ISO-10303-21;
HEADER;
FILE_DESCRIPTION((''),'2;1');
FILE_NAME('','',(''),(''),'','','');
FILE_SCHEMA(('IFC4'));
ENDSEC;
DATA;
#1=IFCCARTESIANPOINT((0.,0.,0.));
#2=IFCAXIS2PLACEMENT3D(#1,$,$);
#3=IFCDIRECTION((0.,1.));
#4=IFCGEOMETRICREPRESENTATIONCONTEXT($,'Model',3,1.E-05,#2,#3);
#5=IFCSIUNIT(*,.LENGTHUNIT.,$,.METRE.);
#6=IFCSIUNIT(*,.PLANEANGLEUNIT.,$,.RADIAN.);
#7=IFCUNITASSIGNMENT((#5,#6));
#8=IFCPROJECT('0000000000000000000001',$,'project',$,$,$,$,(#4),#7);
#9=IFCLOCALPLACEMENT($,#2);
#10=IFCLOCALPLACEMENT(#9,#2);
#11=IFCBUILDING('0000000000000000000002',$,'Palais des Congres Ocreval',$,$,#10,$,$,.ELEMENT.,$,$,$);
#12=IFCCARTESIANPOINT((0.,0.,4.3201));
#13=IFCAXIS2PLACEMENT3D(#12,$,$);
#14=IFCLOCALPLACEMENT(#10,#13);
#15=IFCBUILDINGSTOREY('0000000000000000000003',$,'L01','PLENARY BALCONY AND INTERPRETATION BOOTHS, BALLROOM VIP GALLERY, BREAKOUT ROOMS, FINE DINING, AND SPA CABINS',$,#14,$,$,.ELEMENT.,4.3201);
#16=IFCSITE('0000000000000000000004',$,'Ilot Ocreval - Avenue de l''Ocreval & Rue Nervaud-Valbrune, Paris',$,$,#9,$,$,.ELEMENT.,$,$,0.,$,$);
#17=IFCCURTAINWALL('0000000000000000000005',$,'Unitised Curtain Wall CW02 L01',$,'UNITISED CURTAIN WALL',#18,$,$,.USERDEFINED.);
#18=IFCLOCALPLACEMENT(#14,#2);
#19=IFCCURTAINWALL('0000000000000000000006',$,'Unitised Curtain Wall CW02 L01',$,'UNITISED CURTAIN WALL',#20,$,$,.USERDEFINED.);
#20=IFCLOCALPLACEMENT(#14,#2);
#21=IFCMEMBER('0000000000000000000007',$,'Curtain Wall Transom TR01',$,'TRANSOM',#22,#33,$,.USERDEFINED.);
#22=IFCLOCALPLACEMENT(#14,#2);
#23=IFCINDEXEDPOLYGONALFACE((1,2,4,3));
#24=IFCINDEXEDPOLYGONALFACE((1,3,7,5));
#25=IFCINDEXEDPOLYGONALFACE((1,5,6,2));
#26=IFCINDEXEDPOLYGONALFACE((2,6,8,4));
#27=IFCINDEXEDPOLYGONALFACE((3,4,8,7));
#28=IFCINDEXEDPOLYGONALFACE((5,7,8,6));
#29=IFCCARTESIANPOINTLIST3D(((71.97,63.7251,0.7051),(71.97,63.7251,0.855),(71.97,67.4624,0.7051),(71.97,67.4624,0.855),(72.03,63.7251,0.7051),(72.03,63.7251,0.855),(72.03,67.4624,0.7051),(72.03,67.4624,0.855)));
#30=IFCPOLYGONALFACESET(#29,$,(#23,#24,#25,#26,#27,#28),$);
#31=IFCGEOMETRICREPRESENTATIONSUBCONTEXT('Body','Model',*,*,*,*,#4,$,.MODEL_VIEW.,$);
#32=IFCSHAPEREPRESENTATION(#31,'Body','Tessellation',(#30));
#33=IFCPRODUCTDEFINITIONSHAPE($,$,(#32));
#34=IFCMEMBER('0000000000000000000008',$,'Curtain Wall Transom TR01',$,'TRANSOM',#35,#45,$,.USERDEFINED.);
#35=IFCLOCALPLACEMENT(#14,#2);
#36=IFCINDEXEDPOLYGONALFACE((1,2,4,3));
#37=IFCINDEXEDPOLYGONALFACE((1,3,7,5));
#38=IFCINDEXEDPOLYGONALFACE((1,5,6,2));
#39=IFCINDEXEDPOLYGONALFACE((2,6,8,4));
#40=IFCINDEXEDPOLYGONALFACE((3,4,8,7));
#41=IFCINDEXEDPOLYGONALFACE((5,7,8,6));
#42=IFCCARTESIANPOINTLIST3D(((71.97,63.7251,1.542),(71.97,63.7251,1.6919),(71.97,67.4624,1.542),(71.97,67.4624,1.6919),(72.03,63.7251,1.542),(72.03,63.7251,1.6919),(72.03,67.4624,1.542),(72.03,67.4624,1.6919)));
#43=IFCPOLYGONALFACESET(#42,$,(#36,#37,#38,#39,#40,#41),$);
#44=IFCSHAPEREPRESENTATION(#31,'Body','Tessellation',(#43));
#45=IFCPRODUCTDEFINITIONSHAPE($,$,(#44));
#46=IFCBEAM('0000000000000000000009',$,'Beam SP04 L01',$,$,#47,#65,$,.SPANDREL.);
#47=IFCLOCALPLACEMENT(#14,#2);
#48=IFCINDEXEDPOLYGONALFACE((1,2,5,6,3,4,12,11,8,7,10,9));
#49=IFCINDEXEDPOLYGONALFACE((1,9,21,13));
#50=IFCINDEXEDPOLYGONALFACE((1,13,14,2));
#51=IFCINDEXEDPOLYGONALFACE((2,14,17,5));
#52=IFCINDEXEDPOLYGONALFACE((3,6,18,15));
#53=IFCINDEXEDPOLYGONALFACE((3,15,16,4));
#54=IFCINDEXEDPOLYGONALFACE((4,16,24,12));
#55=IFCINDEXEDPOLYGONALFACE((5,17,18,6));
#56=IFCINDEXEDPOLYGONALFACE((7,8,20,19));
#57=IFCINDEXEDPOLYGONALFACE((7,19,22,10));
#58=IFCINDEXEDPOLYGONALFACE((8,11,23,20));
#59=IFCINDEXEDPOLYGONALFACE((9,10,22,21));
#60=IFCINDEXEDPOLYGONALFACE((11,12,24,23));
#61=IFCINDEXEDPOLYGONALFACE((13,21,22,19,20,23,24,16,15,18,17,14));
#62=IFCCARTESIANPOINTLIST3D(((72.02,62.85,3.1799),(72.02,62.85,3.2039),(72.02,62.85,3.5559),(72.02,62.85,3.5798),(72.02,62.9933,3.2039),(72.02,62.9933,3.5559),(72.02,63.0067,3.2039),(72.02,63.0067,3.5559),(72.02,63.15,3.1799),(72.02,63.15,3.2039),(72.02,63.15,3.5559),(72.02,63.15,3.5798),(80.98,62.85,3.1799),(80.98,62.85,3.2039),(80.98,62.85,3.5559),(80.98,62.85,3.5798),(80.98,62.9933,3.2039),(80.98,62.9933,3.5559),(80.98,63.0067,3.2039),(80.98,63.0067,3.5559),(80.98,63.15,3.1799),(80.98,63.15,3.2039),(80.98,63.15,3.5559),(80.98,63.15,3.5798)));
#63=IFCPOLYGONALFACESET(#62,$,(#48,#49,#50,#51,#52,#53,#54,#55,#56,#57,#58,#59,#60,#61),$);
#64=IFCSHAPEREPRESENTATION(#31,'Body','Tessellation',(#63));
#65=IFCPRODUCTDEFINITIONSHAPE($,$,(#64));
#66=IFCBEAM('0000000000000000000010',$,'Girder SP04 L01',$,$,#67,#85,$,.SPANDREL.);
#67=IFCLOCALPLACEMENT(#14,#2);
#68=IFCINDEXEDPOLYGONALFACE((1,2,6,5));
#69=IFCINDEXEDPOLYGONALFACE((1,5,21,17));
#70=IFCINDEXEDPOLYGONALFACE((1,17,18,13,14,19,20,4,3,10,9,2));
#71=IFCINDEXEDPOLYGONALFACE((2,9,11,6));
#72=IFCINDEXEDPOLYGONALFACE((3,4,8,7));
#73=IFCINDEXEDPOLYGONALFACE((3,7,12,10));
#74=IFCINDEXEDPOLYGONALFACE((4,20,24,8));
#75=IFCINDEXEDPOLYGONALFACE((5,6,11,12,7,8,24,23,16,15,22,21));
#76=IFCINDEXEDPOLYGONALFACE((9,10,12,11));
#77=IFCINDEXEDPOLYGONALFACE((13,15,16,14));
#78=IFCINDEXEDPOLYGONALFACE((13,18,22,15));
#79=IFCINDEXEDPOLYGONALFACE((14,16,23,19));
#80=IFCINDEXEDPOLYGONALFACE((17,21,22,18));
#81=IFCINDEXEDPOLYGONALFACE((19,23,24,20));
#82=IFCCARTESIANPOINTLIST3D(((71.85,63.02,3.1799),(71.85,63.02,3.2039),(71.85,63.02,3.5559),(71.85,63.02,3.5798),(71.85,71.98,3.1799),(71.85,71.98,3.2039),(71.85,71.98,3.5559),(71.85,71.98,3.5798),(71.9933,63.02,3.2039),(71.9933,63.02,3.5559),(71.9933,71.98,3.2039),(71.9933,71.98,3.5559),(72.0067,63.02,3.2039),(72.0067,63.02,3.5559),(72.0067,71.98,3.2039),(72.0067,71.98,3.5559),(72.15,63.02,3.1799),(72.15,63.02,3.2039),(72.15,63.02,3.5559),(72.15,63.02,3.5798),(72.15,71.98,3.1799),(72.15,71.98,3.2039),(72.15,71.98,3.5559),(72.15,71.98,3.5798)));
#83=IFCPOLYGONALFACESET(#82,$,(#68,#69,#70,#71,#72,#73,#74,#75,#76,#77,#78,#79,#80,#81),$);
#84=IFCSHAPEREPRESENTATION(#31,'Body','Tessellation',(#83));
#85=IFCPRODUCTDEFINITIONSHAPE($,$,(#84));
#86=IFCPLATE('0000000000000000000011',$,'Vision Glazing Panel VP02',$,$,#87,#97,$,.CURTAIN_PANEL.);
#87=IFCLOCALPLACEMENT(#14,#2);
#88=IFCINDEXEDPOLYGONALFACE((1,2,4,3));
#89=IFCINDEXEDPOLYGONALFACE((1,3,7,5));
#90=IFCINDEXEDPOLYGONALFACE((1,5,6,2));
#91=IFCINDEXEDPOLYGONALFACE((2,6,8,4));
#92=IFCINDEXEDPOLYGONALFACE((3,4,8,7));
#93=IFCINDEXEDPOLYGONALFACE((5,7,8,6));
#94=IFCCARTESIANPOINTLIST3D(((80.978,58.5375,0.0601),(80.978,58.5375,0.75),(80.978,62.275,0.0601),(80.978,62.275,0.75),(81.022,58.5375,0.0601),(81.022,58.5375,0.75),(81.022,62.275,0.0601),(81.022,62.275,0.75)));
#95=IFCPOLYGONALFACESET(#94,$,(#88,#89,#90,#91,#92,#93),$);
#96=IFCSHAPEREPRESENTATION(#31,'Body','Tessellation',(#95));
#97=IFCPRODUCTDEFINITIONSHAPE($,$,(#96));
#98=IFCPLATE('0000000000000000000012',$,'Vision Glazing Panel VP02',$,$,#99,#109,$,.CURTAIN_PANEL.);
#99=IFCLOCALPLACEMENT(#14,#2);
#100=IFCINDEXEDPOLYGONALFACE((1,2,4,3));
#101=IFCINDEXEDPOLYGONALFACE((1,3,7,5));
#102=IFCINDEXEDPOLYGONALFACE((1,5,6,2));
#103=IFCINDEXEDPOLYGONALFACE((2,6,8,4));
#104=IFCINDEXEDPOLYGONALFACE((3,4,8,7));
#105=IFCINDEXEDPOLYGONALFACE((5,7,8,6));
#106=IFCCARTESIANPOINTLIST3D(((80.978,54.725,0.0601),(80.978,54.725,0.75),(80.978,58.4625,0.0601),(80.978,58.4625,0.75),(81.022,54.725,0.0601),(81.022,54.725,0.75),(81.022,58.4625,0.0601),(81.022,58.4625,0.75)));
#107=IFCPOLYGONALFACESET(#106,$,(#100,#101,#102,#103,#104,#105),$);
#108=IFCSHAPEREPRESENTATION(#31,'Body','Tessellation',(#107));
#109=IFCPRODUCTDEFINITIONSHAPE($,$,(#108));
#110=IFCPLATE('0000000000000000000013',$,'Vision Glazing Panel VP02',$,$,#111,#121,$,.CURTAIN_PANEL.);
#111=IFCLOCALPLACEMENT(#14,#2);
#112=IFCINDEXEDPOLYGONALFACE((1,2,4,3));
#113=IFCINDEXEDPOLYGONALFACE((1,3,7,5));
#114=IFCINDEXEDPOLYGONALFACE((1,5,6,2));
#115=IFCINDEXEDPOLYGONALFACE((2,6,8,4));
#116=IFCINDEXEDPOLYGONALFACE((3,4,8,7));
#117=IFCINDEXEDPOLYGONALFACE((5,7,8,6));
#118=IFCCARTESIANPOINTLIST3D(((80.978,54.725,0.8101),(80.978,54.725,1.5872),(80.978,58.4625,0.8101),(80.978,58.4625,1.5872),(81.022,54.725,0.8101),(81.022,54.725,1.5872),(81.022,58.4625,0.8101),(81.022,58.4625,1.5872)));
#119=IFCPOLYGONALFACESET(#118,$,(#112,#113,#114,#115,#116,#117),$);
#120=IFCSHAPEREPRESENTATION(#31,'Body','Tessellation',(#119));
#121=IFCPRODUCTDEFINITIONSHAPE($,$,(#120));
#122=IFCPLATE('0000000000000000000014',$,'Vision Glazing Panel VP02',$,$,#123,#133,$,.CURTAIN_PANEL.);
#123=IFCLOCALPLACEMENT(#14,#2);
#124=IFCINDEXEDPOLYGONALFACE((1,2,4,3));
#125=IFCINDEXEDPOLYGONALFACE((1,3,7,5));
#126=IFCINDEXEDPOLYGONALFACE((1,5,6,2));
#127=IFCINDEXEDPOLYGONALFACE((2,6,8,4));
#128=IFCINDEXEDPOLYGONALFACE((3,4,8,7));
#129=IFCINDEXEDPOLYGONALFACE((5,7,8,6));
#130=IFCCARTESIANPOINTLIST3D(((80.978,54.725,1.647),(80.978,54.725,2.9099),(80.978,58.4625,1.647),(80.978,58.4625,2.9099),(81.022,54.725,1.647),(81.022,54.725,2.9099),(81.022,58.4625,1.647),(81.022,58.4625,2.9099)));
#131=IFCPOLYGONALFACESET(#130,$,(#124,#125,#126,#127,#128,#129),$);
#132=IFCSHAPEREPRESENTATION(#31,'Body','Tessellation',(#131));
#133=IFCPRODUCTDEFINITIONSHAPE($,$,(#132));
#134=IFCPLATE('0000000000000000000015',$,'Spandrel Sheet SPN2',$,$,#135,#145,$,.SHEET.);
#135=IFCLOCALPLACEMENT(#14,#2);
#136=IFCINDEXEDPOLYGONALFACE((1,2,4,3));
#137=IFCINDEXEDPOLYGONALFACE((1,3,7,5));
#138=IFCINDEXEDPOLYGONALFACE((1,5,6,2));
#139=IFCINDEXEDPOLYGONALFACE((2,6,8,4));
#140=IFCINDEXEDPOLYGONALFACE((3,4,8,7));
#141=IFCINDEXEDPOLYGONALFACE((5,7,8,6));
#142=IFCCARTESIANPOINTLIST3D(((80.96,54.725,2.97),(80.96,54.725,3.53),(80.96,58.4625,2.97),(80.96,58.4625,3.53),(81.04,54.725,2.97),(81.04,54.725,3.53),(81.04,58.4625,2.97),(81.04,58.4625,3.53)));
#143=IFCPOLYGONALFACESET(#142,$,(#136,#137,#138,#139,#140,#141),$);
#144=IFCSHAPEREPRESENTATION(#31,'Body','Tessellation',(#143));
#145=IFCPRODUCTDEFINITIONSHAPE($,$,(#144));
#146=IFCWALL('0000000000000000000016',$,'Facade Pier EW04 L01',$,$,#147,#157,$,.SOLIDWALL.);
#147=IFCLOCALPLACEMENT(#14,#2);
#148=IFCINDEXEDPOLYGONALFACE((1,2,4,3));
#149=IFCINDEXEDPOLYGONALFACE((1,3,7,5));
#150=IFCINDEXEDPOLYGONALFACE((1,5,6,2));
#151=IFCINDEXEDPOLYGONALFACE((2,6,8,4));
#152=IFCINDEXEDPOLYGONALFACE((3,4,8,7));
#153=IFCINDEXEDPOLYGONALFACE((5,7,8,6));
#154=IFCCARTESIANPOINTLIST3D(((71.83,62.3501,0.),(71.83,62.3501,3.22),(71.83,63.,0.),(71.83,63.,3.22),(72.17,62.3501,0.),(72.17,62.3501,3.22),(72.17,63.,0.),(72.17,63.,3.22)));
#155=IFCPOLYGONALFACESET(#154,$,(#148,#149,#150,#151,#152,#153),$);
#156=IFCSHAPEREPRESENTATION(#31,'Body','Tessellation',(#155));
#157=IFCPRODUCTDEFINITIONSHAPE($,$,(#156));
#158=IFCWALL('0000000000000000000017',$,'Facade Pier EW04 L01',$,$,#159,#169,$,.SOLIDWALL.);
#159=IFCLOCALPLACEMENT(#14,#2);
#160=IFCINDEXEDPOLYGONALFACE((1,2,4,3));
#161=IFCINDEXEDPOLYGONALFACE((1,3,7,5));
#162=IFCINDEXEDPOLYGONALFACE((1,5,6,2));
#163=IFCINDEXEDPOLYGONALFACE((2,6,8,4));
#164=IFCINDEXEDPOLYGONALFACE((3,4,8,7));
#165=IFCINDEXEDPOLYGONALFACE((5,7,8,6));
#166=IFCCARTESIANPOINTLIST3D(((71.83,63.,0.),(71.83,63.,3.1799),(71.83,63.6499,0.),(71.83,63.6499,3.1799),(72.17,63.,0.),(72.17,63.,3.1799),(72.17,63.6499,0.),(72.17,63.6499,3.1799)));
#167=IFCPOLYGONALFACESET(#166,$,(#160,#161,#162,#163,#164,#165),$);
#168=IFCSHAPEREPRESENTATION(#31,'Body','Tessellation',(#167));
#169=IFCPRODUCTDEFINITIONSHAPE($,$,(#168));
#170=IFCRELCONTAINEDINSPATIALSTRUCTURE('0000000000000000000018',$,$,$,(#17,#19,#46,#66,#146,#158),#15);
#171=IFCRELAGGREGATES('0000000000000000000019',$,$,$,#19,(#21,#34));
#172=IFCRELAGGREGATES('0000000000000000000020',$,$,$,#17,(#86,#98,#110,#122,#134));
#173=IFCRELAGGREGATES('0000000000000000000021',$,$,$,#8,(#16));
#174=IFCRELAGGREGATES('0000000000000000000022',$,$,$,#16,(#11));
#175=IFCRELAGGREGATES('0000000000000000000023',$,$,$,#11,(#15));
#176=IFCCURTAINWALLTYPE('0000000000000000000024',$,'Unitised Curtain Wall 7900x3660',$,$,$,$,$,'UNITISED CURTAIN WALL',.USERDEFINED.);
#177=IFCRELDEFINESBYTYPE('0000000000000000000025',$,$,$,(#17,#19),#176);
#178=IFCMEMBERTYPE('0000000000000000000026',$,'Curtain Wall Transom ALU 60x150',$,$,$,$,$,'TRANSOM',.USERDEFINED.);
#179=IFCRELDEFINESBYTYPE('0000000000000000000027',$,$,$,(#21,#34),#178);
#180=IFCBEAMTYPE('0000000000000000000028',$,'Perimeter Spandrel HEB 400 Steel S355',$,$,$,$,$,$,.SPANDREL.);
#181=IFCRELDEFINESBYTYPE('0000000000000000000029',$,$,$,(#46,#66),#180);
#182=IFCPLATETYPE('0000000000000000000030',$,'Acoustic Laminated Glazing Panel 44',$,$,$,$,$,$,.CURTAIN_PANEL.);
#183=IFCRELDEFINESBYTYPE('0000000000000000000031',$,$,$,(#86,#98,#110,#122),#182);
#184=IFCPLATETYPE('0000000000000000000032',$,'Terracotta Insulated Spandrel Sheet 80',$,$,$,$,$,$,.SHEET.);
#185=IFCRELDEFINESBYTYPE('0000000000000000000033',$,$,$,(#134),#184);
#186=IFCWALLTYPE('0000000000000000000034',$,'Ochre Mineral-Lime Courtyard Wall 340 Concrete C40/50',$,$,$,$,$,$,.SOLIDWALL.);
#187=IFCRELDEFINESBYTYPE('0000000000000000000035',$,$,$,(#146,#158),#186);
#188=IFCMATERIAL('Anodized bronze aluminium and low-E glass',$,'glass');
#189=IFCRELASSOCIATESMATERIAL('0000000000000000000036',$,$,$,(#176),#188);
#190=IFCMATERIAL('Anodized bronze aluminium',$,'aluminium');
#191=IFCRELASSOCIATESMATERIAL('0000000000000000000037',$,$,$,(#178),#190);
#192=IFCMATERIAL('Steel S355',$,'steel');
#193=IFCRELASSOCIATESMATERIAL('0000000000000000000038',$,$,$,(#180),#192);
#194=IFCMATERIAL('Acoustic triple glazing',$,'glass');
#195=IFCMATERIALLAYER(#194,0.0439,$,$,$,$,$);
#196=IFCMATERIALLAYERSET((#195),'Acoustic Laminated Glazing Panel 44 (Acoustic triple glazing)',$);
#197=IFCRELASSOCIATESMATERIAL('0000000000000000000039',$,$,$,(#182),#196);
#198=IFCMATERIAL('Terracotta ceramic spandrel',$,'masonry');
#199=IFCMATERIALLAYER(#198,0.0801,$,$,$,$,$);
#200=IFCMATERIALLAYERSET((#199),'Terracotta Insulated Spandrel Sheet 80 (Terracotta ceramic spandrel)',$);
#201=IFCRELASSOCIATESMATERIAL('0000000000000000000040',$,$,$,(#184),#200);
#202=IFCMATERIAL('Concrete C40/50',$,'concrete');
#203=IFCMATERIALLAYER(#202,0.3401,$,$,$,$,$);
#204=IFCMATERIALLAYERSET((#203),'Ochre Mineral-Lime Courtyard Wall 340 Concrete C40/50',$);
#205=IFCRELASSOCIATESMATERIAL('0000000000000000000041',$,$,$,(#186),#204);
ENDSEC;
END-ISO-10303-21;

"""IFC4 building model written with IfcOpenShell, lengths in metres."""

from ifc_helpers import new_model, si_unit, direction, frame, frame_2d, origin, origin_2d, place, context, subcontext, project, spatial, rectangle, i_section, extrude, material, layer, layer_set, material_profile, profile_set, type_object, element, aggregate, save


model = new_model("IFC4")

# Units and contexts
model_context = context("Model", 3, precision=1e-05, world=origin(), true_north=direction((0.0, 1.0)))
body_context = subcontext(model_context, "Body", "Model", "MODEL_VIEW")
ifc_project = project(units=[si_unit("LENGTHUNIT", "METRE"), si_unit("PLANEANGLEUNIT", "RADIAN")], contexts=[model_context])

# Site, building, storey
site_placement = place(None, origin())
site = spatial("IfcSite", under=ifc_project, at=site_placement, Name="Ilot Ocreval - Avenue de l'Ocreval & Rue Nervaud-Valbrune, Paris", CompositionType="ELEMENT", RefElevation=0.0)
building_placement = place(site_placement, origin())
building = spatial("IfcBuilding", under=site, at=building_placement, Name="Palais des Congres Ocreval", CompositionType="ELEMENT")
storey_placement = place(building_placement, frame((0.0, 0.0, 4.3201)))
storey = spatial("IfcBuildingStorey", under=building, at=storey_placement, Name="L01", Description="PLENARY BALCONY AND INTERPRETATION BOOTHS, BALLROOM VIP GALLERY, BREAKOUT ROOMS, FINE DINING, AND SPA CABINS", CompositionType="ELEMENT", Elevation=4.3201)

# Shared definitions
ifc_material_1 = material(Name="Steel S355", Category="steel")

# Curtain wall
ifc_material_2 = material(Name="Anodized bronze aluminium and low-E glass", Category="glass")
curtain_wall_type = type_object("IfcCurtainWallType", Name="Unitised Curtain Wall 7900x3660", ElementType="UNITISED CURTAIN WALL", PredefinedType="USERDEFINED", material=ifc_material_2)
curtain_wall_1_placement = place(storey_placement, origin())
curtain_wall_1 = element("IfcCurtainWall", 1, at=curtain_wall_1_placement, inside=storey, type_object=curtain_wall_type, Name="Unitised Curtain Wall CW02 L01", ObjectType="UNITISED CURTAIN WALL", PredefinedType="USERDEFINED")
ifc_material_3 = material(Name="Anodized bronze aluminium", Category="aluminium")

# Curtain wall
curtain_wall_2_placement = place(storey_placement, origin())
curtain_wall_2 = element("IfcCurtainWall", 2, at=curtain_wall_2_placement, inside=storey, type_object=curtain_wall_type, Name="Unitised Curtain Wall CW02 L01", ObjectType="UNITISED CURTAIN WALL", PredefinedType="USERDEFINED")

# Members
ifc_material_profile_1 = material_profile(ifc_material_3, rectangle(XDim=0.0601, YDim=0.1499, at=origin_2d()), Name="ALU 60x150")
ifc_profile_set_1 = profile_set([ifc_material_profile_1], Name="Anodized bronze aluminium")
member_type_1 = type_object("IfcMemberType", Name="Curtain Wall Transom ALU 60x150", ElementType="TRANSOM", PredefinedType="USERDEFINED", material=ifc_profile_set_1)
member_1_placement = place(storey_placement, frame((72.0, 63.7251, 0.78), z_axis=(0.0, 1.0, 0.0), x_axis=(-1.0, 0.0, 0.0)))
member_1 = element("IfcMember", 3, at=member_1_placement, type_object=member_type_1, Name="Curtain Wall Transom TR01", ObjectType="TRANSOM", PredefinedType="USERDEFINED", context=body_context, shape_type="SweptSolid", body=[
    extrude(rectangle(XDim=0.0601, YDim=0.1499, at=origin_2d()), origin(), (0.0, 0.0, 1.0), 3.7373),
])
member_2_placement = place(storey_placement, frame((72.0, 63.7251, 1.6169), z_axis=(0.0, 1.0, 0.0), x_axis=(-1.0, 0.0, 0.0)))
member_2 = element("IfcMember", 4, at=member_2_placement, type_object=member_type_1, Name="Curtain Wall Transom TR01", ObjectType="TRANSOM", PredefinedType="USERDEFINED", context=body_context, shape_type="SweptSolid", body=[
    extrude(rectangle(XDim=0.0601, YDim=0.1499, at=origin_2d()), origin(), (0.0, 0.0, 1.0), 3.7373),
])
aggregate(curtain_wall_2, [member_1, member_2])

# Beams
ifc_material_profile_2 = material_profile(ifc_material_1, i_section(OverallWidth=0.3, OverallDepth=0.3999, WebThickness=0.0134, FlangeThickness=0.0239, at=origin_2d()), Name="HEB 400")
ifc_profile_set_2 = profile_set([ifc_material_profile_2], Name="Steel S355")
beam_type = type_object("IfcBeamType", Name="Perimeter Spandrel HEB 400 Steel S355", PredefinedType="SPANDREL", material=ifc_profile_set_2)
for number, where, z_axis, x_axis, name in (
    (5, (72.02, 63.0, 3.3799), (1.0, 0.0, 0.0), (0.0, 1.0, 0.0), "Beam SP04 L01"),
    (6, (72.0, 63.02, 3.3799), (0.0, 1.0, 0.0), (-1.0, 0.0, 0.0), "Girder SP04 L01"),
):
    element("IfcBeam", number, at=place(storey_placement, frame(where, z_axis=z_axis, x_axis=x_axis)), inside=storey, type_object=beam_type, Name=name, PredefinedType="SPANDREL", context=body_context, shape_type="SweptSolid", body=[
        extrude(i_section(OverallWidth=0.3, OverallDepth=0.3999, WebThickness=0.0134, FlangeThickness=0.0239, at=origin_2d()), origin(), (0.0, 0.0, 1.0), 8.96),
    ])

# Plates
ifc_material_4 = material(Name="Acoustic triple glazing", Category="glass")
ifc_layer_1 = layer(ifc_material_4, 0.0439)
ifc_layer_set_1 = layer_set([ifc_layer_1], Name="Acoustic Laminated Glazing Panel 44 (Acoustic triple glazing)")
plate_type_1 = type_object("IfcPlateType", Name="Acoustic Laminated Glazing Panel 44", PredefinedType="CURTAIN_PANEL", material=ifc_layer_set_1)
plate_1_placement = place(storey_placement, frame((81.0, 60.4062, 0.0601), z_axis=(0.0, 0.0, 1.0), x_axis=(0.0, -1.0, 0.0)))
plate_1 = element("IfcPlate", 7, at=plate_1_placement, type_object=plate_type_1, Name="Vision Glazing Panel VP02", PredefinedType="CURTAIN_PANEL", context=body_context, shape_type="SweptSolid", body=[
    extrude(rectangle(XDim=3.7375, YDim=0.0439, at=origin_2d()), origin(), (0.0, 0.0, 1.0), 0.6899),
])
plate_2_placement = place(storey_placement, frame((81.0, 56.5938, 0.0601), z_axis=(0.0, 0.0, 1.0), x_axis=(0.0, -1.0, 0.0)))
plate_2 = element("IfcPlate", 8, at=plate_2_placement, type_object=plate_type_1, Name="Vision Glazing Panel VP02", PredefinedType="CURTAIN_PANEL", context=body_context, shape_type="SweptSolid", body=[
    extrude(rectangle(XDim=3.7375, YDim=0.0439, at=origin_2d()), origin(), (0.0, 0.0, 1.0), 0.6899),
])
plate_3_placement = place(storey_placement, frame((81.0, 56.5938, 0.8101), z_axis=(0.0, 0.0, 1.0), x_axis=(0.0, -1.0, 0.0)))
plate_3 = element("IfcPlate", 9, at=plate_3_placement, type_object=plate_type_1, Name="Vision Glazing Panel VP02", PredefinedType="CURTAIN_PANEL", context=body_context, shape_type="SweptSolid", body=[
    extrude(rectangle(XDim=3.7375, YDim=0.0439, at=origin_2d()), origin(), (0.0, 0.0, 1.0), 0.7771),
])
plate_4_placement = place(storey_placement, frame((81.0, 56.5938, 1.647), z_axis=(0.0, 0.0, 1.0), x_axis=(0.0, -1.0, 0.0)))
plate_4 = element("IfcPlate", 10, at=plate_4_placement, type_object=plate_type_1, Name="Vision Glazing Panel VP02", PredefinedType="CURTAIN_PANEL", context=body_context, shape_type="SweptSolid", body=[
    extrude(rectangle(XDim=3.7375, YDim=0.0439, at=origin_2d()), origin(), (0.0, 0.0, 1.0), 1.2629),
])
ifc_material_5 = material(Name="Terracotta ceramic spandrel", Category="masonry")
ifc_layer_2 = layer(ifc_material_5, 0.0801)
ifc_layer_set_2 = layer_set([ifc_layer_2], Name="Terracotta Insulated Spandrel Sheet 80 (Terracotta ceramic spandrel)")
plate_type_2 = type_object("IfcPlateType", Name="Terracotta Insulated Spandrel Sheet 80", PredefinedType="SHEET", material=ifc_layer_set_2)
plate_5_placement = place(storey_placement, frame((81.0, 56.5938, 2.97), z_axis=(0.0, 0.0, 1.0), x_axis=(0.0, -1.0, 0.0)))
plate_5 = element("IfcPlate", 11, at=plate_5_placement, type_object=plate_type_2, Name="Spandrel Sheet SPN2", PredefinedType="SHEET", context=body_context, shape_type="SweptSolid", body=[
    extrude(rectangle(XDim=3.7375, YDim=0.0801, at=origin_2d()), origin(), (0.0, 0.0, 1.0), 0.5601),
])
aggregate(curtain_wall_1, [plate_1, plate_2, plate_3, plate_4, plate_5])

# Walls
ifc_material_6 = material(Name="Concrete C40/50", Category="concrete")
ifc_layer_3 = layer(ifc_material_6, 0.3401)
ifc_layer_set_3 = layer_set([ifc_layer_3], Name="Ochre Mineral-Lime Courtyard Wall 340 Concrete C40/50")
wall_type = type_object("IfcWallType", Name="Ochre Mineral-Lime Courtyard Wall 340 Concrete C40/50", PredefinedType="SOLIDWALL", material=ifc_layer_set_3)
wall_1_placement = place(storey_placement, frame((72.0, 62.3501, 0.0), z_axis=(0.0, 0.0, 1.0), x_axis=(0.0, 1.0, 0.0)))
element("IfcWall", 12, at=wall_1_placement, inside=storey, type_object=wall_type, Name="Facade Pier EW04 L01", PredefinedType="SOLIDWALL", context=body_context, shape_type="SweptSolid", body=[
    extrude(rectangle(XDim=0.6499, YDim=0.3401, at=frame_2d((0.325, 0.0))), origin(), (0.0, 0.0, 1.0), 3.22),
])
wall_2_placement = place(storey_placement, frame((72.0, 63.0, 0.0), z_axis=(0.0, 0.0, 1.0), x_axis=(0.0, 1.0, 0.0)))
element("IfcWall", 13, at=wall_2_placement, inside=storey, type_object=wall_type, Name="Facade Pier EW04 L01", PredefinedType="SOLIDWALL", context=body_context, shape_type="SweptSolid", body=[
    extrude(rectangle(XDim=0.6499, YDim=0.3401, at=frame_2d((0.325, 0.0))), origin(), (0.0, 0.0, 1.0), 3.1799),
])

save(model, "model.ifc")
